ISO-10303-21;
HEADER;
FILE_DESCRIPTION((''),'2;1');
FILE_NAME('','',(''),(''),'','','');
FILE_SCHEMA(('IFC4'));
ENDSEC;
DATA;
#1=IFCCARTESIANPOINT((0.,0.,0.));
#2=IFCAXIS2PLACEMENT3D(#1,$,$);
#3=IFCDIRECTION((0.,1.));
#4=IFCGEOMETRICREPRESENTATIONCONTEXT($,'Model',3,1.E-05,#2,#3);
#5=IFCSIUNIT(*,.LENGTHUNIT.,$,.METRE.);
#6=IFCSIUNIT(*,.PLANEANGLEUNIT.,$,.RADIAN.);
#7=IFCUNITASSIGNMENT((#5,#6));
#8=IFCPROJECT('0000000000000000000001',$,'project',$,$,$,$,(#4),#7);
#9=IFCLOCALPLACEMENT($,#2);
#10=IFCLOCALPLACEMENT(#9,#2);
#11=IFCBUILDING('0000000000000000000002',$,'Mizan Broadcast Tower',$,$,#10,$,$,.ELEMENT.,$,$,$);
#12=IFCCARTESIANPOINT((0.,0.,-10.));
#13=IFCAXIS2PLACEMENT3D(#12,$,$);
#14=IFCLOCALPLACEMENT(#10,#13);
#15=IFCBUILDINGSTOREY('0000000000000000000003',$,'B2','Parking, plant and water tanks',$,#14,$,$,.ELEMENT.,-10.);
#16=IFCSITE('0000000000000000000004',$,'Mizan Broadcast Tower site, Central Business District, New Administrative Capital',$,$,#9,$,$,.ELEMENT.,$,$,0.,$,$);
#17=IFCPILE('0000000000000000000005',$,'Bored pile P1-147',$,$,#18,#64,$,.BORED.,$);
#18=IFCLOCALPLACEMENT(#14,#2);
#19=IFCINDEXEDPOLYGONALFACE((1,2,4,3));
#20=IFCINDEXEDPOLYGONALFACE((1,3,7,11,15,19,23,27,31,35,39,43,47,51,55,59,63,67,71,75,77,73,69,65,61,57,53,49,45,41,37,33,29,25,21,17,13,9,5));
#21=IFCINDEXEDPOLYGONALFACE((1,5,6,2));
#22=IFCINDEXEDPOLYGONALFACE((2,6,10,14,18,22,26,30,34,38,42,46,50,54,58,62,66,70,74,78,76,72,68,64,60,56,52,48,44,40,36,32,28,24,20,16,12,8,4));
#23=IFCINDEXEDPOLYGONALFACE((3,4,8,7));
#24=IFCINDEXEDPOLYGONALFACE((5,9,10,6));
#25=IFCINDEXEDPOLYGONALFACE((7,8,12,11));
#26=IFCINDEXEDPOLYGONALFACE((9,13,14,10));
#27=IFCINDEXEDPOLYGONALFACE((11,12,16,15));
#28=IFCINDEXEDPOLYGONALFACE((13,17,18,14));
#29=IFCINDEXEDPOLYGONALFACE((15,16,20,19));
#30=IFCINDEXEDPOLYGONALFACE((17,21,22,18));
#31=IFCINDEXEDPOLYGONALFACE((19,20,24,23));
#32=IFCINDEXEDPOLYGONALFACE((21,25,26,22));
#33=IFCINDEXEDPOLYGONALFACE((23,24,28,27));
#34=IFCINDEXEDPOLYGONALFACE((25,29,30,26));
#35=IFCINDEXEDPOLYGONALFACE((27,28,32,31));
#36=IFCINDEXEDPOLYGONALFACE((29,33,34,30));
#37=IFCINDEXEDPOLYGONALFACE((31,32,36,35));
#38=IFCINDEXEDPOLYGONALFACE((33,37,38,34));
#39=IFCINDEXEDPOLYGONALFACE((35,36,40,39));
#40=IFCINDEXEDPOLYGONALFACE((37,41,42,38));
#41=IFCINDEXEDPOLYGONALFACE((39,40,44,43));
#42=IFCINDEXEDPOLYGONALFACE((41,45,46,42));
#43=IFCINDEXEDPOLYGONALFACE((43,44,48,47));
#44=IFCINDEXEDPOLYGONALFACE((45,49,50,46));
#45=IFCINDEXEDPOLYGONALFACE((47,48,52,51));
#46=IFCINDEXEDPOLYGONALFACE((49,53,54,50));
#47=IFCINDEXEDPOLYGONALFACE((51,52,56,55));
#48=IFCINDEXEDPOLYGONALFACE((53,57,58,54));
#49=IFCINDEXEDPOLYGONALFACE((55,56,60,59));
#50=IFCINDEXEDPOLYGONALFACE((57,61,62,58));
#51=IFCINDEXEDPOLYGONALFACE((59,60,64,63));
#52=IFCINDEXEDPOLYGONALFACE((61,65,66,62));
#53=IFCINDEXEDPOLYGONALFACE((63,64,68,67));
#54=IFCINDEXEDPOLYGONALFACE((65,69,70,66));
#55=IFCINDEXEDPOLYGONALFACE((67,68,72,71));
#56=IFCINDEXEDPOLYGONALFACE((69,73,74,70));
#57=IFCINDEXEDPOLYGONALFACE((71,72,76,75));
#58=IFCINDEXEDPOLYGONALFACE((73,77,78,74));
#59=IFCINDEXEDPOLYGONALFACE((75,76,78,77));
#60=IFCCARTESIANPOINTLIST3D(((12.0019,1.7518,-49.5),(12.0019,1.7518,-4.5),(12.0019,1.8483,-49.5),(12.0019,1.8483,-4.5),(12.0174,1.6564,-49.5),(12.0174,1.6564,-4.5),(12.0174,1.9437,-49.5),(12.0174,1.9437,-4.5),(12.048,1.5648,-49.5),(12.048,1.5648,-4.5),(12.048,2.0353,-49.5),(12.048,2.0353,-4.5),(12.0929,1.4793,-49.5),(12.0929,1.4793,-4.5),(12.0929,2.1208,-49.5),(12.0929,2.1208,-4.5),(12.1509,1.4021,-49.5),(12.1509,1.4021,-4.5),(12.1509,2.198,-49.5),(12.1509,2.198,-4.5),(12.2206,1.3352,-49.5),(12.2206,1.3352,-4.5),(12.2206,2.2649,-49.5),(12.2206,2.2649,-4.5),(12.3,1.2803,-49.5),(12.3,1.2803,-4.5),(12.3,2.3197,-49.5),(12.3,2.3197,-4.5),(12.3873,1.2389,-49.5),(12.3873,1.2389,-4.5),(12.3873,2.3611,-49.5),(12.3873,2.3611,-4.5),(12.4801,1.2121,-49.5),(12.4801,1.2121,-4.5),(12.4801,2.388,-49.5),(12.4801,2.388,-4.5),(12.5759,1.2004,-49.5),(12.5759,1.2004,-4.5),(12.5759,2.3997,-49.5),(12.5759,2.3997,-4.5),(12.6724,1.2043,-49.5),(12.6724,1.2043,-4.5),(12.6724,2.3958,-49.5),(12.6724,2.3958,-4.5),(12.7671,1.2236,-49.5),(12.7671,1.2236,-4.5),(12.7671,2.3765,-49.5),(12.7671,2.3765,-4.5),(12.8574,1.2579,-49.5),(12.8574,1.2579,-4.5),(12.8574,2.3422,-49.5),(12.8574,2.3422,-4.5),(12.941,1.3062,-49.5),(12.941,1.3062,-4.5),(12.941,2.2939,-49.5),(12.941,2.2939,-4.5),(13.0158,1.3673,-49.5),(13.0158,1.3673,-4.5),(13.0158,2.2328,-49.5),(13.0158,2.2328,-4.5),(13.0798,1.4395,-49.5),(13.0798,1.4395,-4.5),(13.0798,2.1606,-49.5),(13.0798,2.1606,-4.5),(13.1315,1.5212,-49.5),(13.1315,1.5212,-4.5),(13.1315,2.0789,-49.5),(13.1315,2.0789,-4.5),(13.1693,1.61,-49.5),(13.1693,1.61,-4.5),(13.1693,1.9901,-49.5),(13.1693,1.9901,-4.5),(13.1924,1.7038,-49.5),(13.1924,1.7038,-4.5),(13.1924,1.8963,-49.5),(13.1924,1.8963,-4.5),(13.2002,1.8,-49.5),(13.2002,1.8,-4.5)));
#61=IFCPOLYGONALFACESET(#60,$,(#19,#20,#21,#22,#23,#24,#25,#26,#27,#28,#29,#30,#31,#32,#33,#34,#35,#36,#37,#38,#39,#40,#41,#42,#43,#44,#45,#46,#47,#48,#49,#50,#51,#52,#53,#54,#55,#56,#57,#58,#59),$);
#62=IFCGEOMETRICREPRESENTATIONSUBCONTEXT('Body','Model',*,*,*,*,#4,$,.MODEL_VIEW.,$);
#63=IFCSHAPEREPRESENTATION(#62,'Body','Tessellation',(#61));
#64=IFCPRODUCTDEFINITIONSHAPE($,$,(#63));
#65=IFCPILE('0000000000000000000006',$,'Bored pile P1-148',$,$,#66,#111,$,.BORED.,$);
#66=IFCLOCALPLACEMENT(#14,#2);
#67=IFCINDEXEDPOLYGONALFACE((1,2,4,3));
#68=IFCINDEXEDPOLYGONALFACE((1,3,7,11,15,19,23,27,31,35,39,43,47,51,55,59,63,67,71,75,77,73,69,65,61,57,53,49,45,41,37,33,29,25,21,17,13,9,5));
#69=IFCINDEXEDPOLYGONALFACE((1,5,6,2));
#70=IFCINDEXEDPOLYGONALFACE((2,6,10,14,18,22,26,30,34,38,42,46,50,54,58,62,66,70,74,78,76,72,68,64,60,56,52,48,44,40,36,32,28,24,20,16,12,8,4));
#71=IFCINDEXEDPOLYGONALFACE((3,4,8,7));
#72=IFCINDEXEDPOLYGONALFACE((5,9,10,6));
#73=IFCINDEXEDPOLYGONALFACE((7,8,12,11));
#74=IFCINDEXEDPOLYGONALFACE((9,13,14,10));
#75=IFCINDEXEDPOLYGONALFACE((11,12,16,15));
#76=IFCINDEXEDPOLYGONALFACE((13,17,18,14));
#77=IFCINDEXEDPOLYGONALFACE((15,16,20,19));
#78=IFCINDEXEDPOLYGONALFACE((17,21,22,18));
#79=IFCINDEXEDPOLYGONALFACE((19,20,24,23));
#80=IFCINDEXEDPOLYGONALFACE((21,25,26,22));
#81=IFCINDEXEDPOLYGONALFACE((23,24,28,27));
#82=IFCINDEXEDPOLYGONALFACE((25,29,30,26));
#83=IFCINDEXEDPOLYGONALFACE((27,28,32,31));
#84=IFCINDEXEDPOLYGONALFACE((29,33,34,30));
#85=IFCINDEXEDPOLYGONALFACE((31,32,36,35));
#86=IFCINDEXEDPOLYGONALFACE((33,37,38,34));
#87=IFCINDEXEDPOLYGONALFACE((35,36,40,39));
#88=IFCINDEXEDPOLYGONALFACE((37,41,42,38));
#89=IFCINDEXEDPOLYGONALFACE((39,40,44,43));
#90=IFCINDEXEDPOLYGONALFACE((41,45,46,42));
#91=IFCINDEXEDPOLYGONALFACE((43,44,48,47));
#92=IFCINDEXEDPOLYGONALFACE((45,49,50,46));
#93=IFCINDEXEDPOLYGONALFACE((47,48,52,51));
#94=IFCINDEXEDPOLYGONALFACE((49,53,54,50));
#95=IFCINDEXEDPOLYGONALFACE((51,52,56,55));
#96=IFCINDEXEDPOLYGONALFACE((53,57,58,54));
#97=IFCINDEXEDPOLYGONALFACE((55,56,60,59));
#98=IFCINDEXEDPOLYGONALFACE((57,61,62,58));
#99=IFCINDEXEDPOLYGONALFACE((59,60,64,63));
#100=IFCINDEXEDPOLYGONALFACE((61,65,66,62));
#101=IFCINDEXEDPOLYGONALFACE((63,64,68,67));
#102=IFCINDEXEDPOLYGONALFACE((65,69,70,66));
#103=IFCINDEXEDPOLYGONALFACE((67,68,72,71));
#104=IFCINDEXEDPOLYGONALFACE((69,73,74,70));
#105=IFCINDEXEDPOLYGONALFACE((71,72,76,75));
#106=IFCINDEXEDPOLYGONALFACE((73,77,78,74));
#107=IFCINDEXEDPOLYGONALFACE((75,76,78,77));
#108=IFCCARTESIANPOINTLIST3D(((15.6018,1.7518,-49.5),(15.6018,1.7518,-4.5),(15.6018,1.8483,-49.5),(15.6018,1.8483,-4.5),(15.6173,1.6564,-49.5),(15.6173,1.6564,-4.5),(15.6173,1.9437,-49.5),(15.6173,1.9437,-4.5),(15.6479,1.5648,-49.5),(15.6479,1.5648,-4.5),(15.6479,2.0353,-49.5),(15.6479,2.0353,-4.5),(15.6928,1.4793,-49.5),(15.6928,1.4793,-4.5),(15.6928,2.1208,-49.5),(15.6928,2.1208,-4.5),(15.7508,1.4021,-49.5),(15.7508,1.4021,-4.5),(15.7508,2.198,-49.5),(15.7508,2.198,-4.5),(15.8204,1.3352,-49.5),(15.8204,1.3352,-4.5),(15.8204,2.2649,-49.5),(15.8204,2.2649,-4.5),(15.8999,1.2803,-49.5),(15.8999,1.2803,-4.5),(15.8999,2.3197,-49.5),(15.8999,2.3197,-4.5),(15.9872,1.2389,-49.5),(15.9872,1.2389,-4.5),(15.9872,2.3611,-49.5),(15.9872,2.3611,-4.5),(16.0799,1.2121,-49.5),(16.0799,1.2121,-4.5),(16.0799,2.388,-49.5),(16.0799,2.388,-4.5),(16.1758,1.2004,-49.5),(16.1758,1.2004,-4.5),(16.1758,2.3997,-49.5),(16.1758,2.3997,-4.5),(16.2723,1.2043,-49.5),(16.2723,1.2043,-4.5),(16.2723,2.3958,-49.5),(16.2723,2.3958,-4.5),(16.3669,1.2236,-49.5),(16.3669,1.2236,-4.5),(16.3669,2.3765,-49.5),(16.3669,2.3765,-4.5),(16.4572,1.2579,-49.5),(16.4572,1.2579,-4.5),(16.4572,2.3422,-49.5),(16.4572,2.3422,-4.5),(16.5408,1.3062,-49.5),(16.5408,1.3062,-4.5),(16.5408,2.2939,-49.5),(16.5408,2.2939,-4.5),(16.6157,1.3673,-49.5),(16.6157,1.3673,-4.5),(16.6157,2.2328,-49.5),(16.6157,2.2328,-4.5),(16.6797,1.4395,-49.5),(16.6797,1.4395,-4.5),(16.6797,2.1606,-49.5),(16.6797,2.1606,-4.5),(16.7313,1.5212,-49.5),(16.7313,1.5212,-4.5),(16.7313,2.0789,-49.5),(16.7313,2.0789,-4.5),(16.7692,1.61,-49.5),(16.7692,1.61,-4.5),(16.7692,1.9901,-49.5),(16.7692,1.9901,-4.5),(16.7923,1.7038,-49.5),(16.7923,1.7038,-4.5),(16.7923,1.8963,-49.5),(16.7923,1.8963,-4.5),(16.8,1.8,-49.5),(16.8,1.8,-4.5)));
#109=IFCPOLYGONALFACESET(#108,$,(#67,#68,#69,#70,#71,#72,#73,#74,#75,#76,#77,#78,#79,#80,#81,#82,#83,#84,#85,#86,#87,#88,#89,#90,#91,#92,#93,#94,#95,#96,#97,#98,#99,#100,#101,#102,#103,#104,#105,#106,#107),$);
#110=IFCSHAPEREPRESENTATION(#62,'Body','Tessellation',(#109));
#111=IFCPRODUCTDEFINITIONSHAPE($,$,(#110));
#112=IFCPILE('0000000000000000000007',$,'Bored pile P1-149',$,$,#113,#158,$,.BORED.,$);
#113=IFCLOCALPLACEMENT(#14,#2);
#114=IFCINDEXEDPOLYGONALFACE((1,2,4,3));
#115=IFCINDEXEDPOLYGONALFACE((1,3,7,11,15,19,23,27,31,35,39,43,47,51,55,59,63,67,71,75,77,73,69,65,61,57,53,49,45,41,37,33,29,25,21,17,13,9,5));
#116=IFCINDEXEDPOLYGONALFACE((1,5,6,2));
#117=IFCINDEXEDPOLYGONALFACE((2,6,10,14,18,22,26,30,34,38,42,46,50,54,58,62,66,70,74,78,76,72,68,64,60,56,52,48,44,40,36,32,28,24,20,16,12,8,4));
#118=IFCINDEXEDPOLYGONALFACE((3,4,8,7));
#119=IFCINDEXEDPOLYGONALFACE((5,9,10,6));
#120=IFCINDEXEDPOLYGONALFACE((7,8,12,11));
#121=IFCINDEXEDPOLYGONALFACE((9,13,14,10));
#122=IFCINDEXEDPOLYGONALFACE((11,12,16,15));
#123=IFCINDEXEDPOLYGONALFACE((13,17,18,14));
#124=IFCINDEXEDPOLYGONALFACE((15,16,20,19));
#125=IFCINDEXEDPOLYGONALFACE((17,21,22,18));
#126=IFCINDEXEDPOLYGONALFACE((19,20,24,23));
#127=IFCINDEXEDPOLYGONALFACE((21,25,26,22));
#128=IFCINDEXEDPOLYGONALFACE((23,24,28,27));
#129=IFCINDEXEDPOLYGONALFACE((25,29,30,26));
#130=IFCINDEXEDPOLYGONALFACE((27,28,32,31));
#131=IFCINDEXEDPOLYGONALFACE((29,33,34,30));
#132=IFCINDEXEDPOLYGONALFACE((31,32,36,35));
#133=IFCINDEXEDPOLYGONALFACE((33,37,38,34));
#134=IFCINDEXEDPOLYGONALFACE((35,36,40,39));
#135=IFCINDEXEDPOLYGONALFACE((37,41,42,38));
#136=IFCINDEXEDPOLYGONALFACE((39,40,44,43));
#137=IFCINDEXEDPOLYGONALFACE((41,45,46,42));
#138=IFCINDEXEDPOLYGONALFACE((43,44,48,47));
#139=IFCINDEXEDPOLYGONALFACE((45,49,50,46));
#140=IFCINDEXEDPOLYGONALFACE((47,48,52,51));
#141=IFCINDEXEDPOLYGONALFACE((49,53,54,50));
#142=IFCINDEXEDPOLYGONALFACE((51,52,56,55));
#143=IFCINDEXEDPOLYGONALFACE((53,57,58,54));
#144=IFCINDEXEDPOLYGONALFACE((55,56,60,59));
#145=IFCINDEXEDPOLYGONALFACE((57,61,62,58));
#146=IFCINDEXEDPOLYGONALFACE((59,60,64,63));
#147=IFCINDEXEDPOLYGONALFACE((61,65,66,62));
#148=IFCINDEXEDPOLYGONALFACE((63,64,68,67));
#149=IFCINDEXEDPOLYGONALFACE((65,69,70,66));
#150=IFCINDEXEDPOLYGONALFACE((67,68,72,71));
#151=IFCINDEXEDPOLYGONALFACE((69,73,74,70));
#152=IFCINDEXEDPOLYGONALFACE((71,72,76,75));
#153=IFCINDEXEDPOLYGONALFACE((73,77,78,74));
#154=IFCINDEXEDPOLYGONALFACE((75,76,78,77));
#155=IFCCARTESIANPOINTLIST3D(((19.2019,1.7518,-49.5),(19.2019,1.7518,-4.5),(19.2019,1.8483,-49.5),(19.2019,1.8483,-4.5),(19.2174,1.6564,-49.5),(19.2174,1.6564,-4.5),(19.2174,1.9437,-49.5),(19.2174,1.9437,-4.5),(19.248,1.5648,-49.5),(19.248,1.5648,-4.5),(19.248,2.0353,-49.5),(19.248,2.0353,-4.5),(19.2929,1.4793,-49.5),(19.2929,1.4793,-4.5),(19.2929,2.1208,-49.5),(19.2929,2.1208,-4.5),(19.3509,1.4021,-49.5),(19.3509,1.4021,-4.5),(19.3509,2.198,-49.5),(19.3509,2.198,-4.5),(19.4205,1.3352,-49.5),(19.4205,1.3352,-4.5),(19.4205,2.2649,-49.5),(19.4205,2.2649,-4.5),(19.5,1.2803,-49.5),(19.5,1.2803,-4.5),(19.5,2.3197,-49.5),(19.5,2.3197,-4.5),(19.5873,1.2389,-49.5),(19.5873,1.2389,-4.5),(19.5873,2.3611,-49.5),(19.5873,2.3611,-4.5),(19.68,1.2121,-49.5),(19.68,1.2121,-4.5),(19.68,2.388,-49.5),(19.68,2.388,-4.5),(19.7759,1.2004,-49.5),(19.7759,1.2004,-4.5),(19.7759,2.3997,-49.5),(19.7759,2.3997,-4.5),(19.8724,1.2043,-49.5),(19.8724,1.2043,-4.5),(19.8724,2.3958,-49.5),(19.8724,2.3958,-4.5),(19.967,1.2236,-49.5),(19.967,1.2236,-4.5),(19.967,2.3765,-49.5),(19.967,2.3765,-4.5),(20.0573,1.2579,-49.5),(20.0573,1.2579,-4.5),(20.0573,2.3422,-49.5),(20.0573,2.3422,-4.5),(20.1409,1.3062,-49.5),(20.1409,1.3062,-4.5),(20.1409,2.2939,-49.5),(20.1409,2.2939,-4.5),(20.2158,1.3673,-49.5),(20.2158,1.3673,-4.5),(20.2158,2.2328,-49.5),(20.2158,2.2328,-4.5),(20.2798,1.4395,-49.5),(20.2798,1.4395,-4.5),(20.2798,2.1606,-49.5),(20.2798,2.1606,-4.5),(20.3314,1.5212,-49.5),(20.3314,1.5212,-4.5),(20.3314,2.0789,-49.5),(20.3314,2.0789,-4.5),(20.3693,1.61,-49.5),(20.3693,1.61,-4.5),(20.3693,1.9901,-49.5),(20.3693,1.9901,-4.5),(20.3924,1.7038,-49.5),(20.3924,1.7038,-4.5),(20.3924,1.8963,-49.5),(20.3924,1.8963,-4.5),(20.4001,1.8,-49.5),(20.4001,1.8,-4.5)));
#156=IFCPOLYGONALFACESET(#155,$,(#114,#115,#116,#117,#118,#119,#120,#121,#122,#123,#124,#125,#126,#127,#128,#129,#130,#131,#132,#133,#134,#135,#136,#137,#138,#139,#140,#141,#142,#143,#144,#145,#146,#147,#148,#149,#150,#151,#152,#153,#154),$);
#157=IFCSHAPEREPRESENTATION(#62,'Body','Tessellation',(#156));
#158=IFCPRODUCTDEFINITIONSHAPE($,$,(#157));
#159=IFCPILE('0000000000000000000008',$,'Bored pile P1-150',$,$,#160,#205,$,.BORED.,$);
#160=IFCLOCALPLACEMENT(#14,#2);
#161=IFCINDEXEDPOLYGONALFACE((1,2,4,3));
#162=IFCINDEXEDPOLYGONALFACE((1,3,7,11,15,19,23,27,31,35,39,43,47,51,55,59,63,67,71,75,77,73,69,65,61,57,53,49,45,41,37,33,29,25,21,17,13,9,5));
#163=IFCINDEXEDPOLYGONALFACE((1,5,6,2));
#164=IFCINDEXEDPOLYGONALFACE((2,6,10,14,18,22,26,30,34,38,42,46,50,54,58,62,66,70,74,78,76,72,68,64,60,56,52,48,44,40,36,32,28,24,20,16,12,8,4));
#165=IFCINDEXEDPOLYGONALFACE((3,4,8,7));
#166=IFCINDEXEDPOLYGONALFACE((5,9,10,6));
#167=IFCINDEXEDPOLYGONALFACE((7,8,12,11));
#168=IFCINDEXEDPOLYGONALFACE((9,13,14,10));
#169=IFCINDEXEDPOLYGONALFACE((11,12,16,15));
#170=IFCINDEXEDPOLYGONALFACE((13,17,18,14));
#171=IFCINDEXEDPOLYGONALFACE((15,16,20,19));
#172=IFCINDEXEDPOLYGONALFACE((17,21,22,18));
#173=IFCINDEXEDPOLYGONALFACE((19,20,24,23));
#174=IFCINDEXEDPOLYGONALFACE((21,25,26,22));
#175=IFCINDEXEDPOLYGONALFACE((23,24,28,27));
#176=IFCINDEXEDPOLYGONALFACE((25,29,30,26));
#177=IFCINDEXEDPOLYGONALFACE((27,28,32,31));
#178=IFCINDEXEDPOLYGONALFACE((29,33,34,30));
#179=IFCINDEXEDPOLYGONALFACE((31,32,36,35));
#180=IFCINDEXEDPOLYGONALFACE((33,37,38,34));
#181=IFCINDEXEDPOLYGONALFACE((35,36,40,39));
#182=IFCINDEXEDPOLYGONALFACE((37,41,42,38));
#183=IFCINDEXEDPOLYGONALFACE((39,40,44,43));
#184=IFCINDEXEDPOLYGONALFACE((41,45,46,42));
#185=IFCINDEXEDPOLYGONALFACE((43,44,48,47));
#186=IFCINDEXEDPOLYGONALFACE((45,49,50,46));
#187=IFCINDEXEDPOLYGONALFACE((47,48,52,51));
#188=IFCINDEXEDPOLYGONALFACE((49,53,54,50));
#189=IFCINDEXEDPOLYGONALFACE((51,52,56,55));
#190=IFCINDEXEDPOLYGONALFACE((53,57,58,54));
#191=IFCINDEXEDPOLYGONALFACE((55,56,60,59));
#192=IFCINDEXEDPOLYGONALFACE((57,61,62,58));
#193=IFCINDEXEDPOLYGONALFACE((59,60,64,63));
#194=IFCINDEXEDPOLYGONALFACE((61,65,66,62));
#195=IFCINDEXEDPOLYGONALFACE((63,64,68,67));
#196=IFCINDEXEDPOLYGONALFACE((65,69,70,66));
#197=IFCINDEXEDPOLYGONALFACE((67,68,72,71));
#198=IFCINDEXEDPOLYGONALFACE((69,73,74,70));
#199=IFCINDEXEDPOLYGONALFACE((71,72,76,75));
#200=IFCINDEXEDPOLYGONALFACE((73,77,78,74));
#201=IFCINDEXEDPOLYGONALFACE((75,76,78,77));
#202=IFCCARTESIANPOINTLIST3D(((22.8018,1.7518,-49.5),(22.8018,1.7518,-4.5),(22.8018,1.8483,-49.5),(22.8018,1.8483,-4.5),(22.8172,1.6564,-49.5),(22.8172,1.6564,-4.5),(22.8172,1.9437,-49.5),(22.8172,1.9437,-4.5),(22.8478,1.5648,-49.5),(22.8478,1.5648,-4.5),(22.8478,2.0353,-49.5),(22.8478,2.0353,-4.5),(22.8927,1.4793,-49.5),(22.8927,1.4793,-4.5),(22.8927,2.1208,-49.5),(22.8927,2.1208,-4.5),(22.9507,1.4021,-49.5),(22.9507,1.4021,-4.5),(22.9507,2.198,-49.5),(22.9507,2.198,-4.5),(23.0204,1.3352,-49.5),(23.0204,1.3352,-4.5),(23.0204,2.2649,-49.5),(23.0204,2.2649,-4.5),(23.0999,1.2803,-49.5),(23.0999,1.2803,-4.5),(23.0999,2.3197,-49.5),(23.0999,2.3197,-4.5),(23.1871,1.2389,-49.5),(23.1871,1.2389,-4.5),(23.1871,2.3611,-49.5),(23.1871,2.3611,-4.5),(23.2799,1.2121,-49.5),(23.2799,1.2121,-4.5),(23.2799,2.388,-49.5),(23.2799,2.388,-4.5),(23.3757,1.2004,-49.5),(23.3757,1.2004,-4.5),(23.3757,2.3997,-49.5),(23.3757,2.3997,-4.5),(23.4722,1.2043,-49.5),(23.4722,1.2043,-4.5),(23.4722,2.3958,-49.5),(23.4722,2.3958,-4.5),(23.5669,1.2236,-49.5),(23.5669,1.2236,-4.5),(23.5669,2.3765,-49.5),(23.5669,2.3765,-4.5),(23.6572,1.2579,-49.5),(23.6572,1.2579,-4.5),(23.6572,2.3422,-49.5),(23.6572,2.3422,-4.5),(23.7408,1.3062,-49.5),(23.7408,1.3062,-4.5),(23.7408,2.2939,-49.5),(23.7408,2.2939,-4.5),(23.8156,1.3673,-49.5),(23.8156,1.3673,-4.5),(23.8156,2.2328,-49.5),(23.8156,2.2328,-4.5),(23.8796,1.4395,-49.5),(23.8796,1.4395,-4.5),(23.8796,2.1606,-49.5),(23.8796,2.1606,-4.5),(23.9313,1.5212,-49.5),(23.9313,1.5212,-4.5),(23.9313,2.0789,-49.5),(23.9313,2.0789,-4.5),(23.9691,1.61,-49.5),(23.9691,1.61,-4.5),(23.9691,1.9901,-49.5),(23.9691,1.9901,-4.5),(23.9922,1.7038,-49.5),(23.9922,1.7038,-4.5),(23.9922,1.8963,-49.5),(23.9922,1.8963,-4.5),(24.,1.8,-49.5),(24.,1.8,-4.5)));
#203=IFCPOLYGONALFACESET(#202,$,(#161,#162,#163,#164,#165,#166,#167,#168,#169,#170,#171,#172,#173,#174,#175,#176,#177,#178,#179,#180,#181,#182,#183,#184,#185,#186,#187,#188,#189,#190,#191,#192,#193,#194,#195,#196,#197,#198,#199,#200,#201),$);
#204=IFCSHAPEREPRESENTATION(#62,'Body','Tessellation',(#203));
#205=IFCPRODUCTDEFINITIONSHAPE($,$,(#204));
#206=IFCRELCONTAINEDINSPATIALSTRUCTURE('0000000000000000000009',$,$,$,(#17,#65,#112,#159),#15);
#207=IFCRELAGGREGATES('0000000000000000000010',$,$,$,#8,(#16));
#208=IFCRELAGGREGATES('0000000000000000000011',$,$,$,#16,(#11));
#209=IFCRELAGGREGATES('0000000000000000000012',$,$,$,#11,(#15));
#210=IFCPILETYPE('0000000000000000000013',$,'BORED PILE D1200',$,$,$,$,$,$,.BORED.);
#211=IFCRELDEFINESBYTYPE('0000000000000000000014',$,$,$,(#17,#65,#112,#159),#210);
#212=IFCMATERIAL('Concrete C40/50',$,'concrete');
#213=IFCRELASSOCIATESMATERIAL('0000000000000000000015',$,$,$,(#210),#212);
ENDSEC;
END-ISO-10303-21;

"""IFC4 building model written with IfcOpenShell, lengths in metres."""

from ifc_helpers import new_model, si_unit, direction, frame, origin, origin_2d, place, context, subcontext, project, spatial, circle, extrude, material, material_profile, profile_set, type_object, element, save


model = new_model("IFC4")

# Units and contexts
model_context = context("Model", 3, precision=1e-05, world=origin(), true_north=direction((0.0, 1.0)))
body_context = subcontext(model_context, "Body", "Model", "MODEL_VIEW")
ifc_project = project(units=[si_unit("LENGTHUNIT", "METRE"), si_unit("PLANEANGLEUNIT", "RADIAN")], contexts=[model_context])

# Site, building, storey
site_placement = place(None, origin())
site = spatial("IfcSite", under=ifc_project, at=site_placement, Name="Mizan Broadcast Tower site, Central Business District, New Administrative Capital", CompositionType="ELEMENT", RefElevation=0.0)
building_placement = place(site_placement, origin())
building = spatial("IfcBuilding", under=site, at=building_placement, Name="Mizan Broadcast Tower", CompositionType="ELEMENT")
storey_placement = place(building_placement, frame((0.0, 0.0, -10.0)))
storey = spatial("IfcBuildingStorey", under=building, at=storey_placement, Name="B2", Description="Parking, plant and water tanks", CompositionType="ELEMENT", Elevation=-10.0)

# Piles
ifc_material_1 = material(Name="Concrete C40/50", Category="concrete")
ifc_material_profile_1 = material_profile(ifc_material_1, circle(Radius=0.6001, at=origin_2d()), Name="D1200")
ifc_profile_set_1 = profile_set([ifc_material_profile_1], Name="Concrete C40/50")
pile_type_1 = type_object("IfcPileType", Name="BORED PILE D1200", PredefinedType="BORED", material=ifc_profile_set_1)
for number, where, z_axis, x_axis, name in (
    (1, (12.6001, 1.8, -4.5), (0.0, 0.0, -1.0), (1.0, 0.0, 0.0), "Bored pile P1-147"),
    (2, (16.2, 1.8, -4.5), (0.0, 0.0, -1.0), (1.0, 0.0, 0.0), "Bored pile P1-148"),
    (3, (19.8, 1.8, -4.5), (0.0, 0.0, -1.0), (1.0, 0.0, 0.0), "Bored pile P1-149"),
    (4, (23.3999, 1.8, -4.5), (0.0, 0.0, -1.0), (1.0, 0.0, 0.0), "Bored pile P1-150"),
):
    element("IfcPile", number, at=place(storey_placement, frame(where, z_axis=z_axis, x_axis=x_axis)), inside=storey, type_object=pile_type_1, Name=name, PredefinedType="BORED", context=body_context, shape_type="SweptSolid", body=[
        extrude(circle(Radius=0.6001, at=origin_2d()), origin(), (0.0, 0.0, 1.0), 45.0),
    ])

save(model, "model.ifc")
